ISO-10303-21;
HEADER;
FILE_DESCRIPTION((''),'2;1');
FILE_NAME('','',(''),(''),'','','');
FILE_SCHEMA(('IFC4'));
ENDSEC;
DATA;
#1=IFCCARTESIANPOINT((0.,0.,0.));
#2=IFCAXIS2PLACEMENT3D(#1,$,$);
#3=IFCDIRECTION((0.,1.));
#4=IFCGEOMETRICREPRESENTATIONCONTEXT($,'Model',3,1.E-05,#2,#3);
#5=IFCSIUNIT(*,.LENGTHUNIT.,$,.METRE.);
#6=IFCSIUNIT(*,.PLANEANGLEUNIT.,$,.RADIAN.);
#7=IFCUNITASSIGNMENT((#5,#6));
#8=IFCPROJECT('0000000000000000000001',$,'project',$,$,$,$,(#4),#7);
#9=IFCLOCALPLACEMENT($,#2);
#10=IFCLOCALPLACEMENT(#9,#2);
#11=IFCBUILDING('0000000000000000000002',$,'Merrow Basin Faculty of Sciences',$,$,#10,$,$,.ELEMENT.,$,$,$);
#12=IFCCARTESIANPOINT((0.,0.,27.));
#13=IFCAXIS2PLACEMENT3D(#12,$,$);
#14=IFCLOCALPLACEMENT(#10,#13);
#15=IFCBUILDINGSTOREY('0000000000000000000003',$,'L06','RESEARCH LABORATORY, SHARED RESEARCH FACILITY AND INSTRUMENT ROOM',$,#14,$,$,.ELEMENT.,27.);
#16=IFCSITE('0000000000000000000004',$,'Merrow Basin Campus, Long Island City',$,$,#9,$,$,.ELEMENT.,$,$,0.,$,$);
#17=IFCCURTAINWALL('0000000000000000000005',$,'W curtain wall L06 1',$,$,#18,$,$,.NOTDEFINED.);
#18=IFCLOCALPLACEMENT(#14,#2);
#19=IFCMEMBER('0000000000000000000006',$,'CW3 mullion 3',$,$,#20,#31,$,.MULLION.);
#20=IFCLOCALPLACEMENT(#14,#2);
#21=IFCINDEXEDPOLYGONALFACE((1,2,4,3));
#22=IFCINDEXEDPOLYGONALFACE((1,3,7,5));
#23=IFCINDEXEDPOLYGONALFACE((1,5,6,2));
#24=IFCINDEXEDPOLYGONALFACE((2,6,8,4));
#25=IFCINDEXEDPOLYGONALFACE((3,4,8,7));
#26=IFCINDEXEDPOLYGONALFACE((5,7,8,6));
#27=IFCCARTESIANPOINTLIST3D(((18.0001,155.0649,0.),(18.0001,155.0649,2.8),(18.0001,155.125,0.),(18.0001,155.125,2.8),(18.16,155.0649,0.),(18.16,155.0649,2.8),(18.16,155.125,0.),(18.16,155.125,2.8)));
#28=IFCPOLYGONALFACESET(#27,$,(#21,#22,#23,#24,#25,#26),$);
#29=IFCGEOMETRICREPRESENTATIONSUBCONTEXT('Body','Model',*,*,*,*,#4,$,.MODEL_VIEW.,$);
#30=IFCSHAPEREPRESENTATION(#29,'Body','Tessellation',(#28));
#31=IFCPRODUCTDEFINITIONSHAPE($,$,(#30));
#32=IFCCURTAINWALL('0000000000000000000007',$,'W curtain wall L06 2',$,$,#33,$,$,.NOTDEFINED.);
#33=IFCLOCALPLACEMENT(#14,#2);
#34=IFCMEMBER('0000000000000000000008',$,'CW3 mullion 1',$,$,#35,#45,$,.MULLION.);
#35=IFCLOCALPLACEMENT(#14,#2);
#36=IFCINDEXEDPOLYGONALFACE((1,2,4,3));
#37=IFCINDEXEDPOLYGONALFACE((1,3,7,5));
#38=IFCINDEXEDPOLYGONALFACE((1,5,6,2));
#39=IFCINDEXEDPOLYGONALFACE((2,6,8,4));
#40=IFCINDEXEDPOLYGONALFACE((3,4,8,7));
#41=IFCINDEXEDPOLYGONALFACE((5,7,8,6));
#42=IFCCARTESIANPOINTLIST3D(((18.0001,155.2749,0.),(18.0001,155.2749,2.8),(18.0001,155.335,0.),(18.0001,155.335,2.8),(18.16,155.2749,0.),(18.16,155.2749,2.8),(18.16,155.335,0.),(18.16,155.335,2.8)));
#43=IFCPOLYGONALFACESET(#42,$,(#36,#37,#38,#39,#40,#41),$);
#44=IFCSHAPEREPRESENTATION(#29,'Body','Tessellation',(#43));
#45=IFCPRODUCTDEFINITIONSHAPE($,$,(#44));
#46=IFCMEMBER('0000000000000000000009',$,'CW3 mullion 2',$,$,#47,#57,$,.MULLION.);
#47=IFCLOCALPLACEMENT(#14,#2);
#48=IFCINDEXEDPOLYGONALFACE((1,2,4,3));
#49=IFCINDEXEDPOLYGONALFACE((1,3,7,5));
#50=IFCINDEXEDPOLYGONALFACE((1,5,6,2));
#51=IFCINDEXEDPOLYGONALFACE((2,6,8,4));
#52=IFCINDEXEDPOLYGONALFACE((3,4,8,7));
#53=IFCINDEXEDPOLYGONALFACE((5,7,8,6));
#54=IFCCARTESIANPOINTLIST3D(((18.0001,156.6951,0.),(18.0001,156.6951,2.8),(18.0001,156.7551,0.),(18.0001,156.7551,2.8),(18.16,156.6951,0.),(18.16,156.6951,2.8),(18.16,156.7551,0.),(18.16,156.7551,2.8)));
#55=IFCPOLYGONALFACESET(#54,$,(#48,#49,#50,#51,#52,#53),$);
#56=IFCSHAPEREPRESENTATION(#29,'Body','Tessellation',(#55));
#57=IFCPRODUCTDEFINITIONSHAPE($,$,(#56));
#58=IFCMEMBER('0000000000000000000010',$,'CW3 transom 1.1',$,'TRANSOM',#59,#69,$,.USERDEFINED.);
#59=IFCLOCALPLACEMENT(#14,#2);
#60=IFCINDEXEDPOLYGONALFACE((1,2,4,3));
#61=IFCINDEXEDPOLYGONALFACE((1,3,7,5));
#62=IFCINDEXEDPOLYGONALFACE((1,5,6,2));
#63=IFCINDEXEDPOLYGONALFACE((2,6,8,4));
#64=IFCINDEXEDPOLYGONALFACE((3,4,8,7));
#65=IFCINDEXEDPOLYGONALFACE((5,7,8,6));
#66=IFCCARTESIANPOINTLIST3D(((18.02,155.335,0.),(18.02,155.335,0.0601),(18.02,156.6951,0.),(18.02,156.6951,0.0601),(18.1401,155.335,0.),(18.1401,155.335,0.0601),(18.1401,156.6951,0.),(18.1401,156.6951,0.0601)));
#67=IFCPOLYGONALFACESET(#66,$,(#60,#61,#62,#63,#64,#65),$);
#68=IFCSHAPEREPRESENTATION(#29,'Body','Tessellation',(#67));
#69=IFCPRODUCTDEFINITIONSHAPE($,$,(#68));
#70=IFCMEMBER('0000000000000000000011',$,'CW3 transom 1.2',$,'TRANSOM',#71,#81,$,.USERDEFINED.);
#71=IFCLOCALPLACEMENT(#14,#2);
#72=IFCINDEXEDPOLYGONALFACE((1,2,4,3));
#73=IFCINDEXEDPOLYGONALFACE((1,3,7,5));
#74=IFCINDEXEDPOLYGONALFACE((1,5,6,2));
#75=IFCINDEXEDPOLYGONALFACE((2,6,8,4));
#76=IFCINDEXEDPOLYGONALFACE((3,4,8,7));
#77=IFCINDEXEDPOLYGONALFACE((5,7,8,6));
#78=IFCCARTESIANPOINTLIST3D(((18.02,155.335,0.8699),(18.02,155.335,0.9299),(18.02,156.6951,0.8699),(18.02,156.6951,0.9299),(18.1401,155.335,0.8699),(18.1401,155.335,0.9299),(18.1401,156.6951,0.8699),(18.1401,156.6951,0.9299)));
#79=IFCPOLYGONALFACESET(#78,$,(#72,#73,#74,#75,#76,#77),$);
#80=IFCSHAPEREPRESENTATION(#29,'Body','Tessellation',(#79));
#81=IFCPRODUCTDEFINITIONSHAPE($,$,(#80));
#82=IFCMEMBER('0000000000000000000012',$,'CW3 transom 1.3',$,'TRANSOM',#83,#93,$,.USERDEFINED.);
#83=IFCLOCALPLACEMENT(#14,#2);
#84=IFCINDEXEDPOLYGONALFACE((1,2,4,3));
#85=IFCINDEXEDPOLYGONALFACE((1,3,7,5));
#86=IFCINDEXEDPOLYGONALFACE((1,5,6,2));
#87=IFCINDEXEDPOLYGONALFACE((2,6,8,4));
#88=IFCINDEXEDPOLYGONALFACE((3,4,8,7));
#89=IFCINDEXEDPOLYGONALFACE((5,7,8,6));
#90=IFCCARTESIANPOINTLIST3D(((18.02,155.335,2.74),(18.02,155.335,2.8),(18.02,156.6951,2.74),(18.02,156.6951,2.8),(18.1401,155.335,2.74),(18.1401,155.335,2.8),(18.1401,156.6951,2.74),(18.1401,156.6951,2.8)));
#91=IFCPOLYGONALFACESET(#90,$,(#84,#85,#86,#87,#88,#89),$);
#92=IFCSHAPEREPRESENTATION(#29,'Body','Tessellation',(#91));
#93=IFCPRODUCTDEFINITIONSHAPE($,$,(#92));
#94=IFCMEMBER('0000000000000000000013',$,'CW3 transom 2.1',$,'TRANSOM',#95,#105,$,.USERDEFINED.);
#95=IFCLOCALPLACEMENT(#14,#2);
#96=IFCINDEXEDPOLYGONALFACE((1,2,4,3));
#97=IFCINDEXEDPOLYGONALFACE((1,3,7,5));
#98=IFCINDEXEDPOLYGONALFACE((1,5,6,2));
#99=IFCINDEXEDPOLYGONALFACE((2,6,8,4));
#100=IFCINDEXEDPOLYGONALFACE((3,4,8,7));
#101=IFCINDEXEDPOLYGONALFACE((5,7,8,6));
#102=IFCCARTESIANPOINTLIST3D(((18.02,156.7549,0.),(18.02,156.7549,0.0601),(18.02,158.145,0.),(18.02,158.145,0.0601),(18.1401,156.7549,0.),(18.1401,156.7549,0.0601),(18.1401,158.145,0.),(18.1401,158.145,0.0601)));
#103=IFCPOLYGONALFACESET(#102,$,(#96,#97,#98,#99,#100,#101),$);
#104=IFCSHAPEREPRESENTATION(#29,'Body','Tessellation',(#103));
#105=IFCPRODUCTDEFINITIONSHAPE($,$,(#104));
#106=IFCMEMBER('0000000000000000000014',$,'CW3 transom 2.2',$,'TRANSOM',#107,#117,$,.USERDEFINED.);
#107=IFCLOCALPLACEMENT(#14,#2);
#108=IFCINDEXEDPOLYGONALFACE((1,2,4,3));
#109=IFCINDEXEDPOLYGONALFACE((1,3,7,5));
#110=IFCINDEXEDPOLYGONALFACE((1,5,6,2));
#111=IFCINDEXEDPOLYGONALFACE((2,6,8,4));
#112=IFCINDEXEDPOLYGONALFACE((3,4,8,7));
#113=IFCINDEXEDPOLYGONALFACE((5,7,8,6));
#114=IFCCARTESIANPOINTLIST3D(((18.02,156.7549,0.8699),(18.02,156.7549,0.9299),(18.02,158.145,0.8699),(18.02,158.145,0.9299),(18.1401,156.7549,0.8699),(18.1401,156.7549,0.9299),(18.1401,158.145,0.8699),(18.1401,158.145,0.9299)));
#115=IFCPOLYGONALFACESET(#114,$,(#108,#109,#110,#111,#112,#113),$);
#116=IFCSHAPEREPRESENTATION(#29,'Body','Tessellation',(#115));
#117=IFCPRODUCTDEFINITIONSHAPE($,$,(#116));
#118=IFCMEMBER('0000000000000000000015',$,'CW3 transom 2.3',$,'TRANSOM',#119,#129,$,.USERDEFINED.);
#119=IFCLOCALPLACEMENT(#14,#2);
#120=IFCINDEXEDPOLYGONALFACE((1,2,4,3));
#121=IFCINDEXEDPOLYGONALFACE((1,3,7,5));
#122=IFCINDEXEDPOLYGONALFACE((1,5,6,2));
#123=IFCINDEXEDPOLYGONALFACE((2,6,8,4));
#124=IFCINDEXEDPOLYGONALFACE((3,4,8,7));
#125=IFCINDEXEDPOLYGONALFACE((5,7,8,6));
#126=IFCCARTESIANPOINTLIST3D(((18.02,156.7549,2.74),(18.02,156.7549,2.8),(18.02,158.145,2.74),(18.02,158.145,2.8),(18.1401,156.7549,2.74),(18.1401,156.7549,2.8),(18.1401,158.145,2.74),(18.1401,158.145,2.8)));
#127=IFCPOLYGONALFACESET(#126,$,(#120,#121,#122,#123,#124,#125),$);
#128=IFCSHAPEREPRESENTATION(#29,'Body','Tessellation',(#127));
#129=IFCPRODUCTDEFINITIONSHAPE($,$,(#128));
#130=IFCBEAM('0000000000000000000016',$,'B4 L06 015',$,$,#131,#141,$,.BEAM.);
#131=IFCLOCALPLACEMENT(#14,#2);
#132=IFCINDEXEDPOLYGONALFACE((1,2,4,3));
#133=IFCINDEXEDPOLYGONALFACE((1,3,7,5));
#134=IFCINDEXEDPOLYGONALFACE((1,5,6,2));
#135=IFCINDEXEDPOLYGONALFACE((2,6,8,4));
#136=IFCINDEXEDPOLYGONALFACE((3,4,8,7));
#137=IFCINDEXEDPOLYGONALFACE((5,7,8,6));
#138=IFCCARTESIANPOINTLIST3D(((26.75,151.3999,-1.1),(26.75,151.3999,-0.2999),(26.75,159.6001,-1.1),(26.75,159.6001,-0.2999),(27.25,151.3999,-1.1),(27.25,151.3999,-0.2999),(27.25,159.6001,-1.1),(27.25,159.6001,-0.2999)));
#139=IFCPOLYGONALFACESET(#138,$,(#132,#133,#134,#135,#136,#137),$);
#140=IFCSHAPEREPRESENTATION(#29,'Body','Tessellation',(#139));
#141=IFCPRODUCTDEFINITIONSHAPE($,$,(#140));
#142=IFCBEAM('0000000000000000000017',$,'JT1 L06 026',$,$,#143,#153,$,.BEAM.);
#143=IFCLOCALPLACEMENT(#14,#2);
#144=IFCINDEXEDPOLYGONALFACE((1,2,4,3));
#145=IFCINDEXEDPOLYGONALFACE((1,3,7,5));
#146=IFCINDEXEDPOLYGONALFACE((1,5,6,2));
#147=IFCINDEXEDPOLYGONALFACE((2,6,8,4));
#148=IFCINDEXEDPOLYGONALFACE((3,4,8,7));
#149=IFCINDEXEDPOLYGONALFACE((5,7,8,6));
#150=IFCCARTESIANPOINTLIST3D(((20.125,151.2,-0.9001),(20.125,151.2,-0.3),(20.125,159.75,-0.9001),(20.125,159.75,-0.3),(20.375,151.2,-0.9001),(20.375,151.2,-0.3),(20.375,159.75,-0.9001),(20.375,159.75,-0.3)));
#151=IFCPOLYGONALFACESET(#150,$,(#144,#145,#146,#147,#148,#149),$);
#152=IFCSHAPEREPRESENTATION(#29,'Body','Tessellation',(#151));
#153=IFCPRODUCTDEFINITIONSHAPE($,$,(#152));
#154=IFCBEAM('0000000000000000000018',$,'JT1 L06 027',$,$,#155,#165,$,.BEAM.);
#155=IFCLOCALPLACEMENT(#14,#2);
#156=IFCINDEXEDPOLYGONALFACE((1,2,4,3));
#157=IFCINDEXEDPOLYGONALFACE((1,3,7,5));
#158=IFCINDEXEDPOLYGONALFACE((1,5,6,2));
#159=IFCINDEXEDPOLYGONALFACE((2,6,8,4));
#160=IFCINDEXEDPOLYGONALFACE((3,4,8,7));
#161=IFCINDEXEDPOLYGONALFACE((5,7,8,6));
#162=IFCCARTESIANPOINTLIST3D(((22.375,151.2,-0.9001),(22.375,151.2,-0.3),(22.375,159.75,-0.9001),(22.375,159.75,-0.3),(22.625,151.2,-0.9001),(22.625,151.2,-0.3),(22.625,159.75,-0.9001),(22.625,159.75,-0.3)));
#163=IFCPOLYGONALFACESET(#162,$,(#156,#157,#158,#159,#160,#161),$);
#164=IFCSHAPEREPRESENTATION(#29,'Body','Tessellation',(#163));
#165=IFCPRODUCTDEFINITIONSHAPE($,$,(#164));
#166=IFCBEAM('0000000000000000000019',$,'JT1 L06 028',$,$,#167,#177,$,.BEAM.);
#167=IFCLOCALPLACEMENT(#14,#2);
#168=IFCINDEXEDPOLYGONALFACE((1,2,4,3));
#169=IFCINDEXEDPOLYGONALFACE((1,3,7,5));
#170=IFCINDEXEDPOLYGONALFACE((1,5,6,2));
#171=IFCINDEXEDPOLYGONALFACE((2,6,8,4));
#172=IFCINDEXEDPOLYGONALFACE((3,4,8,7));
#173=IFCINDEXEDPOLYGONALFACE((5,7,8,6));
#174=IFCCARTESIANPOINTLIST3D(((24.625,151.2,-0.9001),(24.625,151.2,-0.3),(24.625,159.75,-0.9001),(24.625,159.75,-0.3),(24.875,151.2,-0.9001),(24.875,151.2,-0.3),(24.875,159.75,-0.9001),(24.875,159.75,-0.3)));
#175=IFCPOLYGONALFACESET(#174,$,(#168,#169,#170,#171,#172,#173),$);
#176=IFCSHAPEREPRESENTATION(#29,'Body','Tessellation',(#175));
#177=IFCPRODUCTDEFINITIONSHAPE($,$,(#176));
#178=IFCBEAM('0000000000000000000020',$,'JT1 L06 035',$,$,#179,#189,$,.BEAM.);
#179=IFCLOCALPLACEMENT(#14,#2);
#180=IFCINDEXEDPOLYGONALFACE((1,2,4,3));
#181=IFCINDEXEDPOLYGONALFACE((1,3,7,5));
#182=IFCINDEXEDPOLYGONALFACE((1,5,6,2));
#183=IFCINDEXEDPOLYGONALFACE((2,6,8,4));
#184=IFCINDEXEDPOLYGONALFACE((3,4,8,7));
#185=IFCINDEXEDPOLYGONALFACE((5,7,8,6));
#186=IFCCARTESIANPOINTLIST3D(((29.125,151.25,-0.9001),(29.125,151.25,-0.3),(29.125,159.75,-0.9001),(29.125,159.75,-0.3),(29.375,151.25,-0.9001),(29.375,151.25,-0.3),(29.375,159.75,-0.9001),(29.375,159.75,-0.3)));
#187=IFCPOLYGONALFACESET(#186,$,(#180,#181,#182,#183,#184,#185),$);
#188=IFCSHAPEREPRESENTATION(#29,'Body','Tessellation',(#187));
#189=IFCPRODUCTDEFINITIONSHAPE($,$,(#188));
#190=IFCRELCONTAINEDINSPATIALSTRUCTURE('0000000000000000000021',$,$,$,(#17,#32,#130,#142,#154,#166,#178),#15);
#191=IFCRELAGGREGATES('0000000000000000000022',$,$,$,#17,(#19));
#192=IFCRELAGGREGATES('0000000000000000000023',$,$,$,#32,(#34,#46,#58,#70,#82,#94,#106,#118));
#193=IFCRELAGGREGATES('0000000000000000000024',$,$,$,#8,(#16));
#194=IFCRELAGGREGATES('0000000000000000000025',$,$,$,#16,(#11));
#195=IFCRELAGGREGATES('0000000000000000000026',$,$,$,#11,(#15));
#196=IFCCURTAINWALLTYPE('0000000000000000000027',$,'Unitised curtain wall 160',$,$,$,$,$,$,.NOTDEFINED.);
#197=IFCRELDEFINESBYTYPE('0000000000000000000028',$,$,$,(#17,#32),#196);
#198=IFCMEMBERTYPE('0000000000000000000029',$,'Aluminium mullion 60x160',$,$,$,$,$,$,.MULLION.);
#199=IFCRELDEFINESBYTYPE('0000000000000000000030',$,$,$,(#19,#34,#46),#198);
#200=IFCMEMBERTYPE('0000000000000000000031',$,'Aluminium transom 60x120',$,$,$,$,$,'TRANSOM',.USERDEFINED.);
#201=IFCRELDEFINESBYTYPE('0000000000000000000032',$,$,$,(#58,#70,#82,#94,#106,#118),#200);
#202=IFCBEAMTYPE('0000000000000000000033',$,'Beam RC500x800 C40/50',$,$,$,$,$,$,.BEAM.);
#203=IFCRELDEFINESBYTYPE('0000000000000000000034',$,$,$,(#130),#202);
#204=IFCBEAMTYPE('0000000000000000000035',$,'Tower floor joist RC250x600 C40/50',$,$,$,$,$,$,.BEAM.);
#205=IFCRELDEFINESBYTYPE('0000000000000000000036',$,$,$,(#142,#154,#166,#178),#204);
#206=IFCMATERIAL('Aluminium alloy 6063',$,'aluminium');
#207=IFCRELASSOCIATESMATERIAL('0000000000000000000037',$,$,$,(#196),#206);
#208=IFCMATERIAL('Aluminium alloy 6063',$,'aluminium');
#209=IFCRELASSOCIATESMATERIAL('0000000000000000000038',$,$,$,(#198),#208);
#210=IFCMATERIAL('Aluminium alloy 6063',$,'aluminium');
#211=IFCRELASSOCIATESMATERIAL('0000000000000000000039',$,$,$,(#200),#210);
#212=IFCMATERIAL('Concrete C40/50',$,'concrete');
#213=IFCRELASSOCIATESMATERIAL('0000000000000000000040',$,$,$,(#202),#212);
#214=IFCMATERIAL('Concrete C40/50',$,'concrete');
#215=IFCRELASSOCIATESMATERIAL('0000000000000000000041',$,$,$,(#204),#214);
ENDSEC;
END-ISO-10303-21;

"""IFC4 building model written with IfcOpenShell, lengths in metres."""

from ifc_helpers import new_model, si_unit, direction, frame, origin, origin_2d, place, context, subcontext, project, spatial, rectangle, extrude, material, material_profile, profile_set, type_object, element, aggregate, save


model = new_model("IFC4")

# Units and contexts
model_context = context("Model", 3, precision=1e-05, world=origin(), true_north=direction((0.0, 1.0)))
body_context = subcontext(model_context, "Body", "Model", "MODEL_VIEW")
ifc_project = project(units=[si_unit("LENGTHUNIT", "METRE"), si_unit("PLANEANGLEUNIT", "RADIAN")], contexts=[model_context])

# Site, building, storey
site_placement = place(None, origin())
site = spatial("IfcSite", under=ifc_project, at=site_placement, Name="Merrow Basin Campus, Long Island City", CompositionType="ELEMENT", RefElevation=0.0)
building_placement = place(site_placement, origin())
building = spatial("IfcBuilding", under=site, at=building_placement, Name="Merrow Basin Faculty of Sciences", CompositionType="ELEMENT")
storey_placement = place(building_placement, frame((0.0, 0.0, 27.0)))
storey = spatial("IfcBuildingStorey", under=building, at=storey_placement, Name="L06", Description="RESEARCH LABORATORY, SHARED RESEARCH FACILITY AND INSTRUMENT ROOM", CompositionType="ELEMENT", Elevation=27.0)

# Curtain wall, member
ifc_material_1 = material(Name="Aluminium alloy 6063", Category="aluminium")
curtain_wall_type = type_object("IfcCurtainWallType", Name="Unitised curtain wall 160", PredefinedType="NOTDEFINED", material=ifc_material_1)
curtain_wall_1_placement = place(storey_placement, origin())
curtain_wall_1 = element("IfcCurtainWall", 1, at=curtain_wall_1_placement, inside=storey, type_object=curtain_wall_type, Name="W curtain wall L06 1", PredefinedType="NOTDEFINED")
ifc_material_2 = material(Name="Aluminium alloy 6063", Category="aluminium")
ifc_material_profile_1 = material_profile(ifc_material_2, rectangle(XDim=0.1599, YDim=0.0601, at=origin_2d()))
ifc_profile_set_1 = profile_set([ifc_material_profile_1], Name="Aluminium alloy 6063")
member_type_1 = type_object("IfcMemberType", Name="Aluminium mullion 60x160", PredefinedType="MULLION", material=ifc_profile_set_1)
member_1_placement = place(storey_placement, frame((18.0801, 155.095, 0.0), z_axis=(0.0, 0.0, 1.0), x_axis=(-1.0, 0.0, 0.0)))
member_1 = element("IfcMember", 2, at=member_1_placement, type_object=member_type_1, Name="CW3 mullion 3", PredefinedType="MULLION", context=body_context, shape_type="SweptSolid", body=[
    extrude(rectangle(XDim=0.1599, YDim=0.0601, at=origin_2d()), origin(), (0.0, 0.0, 1.0), 2.8),
])

# Curtain wall, members
curtain_wall_2_placement = place(storey_placement, origin())
curtain_wall_2 = element("IfcCurtainWall", 3, at=curtain_wall_2_placement, inside=storey, type_object=curtain_wall_type, Name="W curtain wall L06 2", PredefinedType="NOTDEFINED")
member_2_placement = place(storey_placement, frame((18.0801, 155.3049, 0.0), z_axis=(0.0, 0.0, 1.0), x_axis=(-1.0, 0.0, 0.0)))
member_2 = element("IfcMember", 4, at=member_2_placement, type_object=member_type_1, Name="CW3 mullion 1", PredefinedType="MULLION", context=body_context, shape_type="SweptSolid", body=[
    extrude(rectangle(XDim=0.1599, YDim=0.0601, at=origin_2d()), origin(), (0.0, 0.0, 1.0), 2.8),
])
member_3_placement = place(storey_placement, frame((18.0801, 156.7251, 0.0), z_axis=(0.0, 0.0, 1.0), x_axis=(-1.0, 0.0, 0.0)))
member_3 = element("IfcMember", 5, at=member_3_placement, type_object=member_type_1, Name="CW3 mullion 2", PredefinedType="MULLION", context=body_context, shape_type="SweptSolid", body=[
    extrude(rectangle(XDim=0.1599, YDim=0.0601, at=origin_2d()), origin(), (0.0, 0.0, 1.0), 2.8),
])
ifc_material_3 = material(Name="Aluminium alloy 6063", Category="aluminium")
ifc_material_profile_2 = material_profile(ifc_material_3, rectangle(XDim=0.1201, YDim=0.0601, at=origin_2d()))
ifc_profile_set_2 = profile_set([ifc_material_profile_2], Name="Aluminium alloy 6063")
member_type_2 = type_object("IfcMemberType", Name="Aluminium transom 60x120", ElementType="TRANSOM", PredefinedType="USERDEFINED", material=ifc_profile_set_2)
member_4_placement = place(storey_placement, frame((18.0801, 155.335, 0.03), z_axis=(0.0, 1.0, 0.0), x_axis=(-1.0, 0.0, 0.0)))
member_4 = element("IfcMember", 6, at=member_4_placement, type_object=member_type_2, Name="CW3 transom 1.1", ObjectType="TRANSOM", PredefinedType="USERDEFINED", context=body_context, shape_type="SweptSolid", body=[
    extrude(rectangle(XDim=0.1201, YDim=0.0601, at=origin_2d()), origin(), (0.0, 0.0, 1.0), 1.3601),
])
member_5_placement = place(storey_placement, frame((18.0801, 155.335, 0.8999), z_axis=(0.0, 1.0, 0.0), x_axis=(-1.0, 0.0, 0.0)))
member_5 = element("IfcMember", 7, at=member_5_placement, type_object=member_type_2, Name="CW3 transom 1.2", ObjectType="TRANSOM", PredefinedType="USERDEFINED", context=body_context, shape_type="SweptSolid", body=[
    extrude(rectangle(XDim=0.1201, YDim=0.0601, at=origin_2d()), origin(), (0.0, 0.0, 1.0), 1.3601),
])
member_6_placement = place(storey_placement, frame((18.0801, 155.335, 2.77), z_axis=(0.0, 1.0, 0.0), x_axis=(-1.0, 0.0, 0.0)))
member_6 = element("IfcMember", 8, at=member_6_placement, type_object=member_type_2, Name="CW3 transom 1.3", ObjectType="TRANSOM", PredefinedType="USERDEFINED", context=body_context, shape_type="SweptSolid", body=[
    extrude(rectangle(XDim=0.1201, YDim=0.0601, at=origin_2d()), origin(), (0.0, 0.0, 1.0), 1.3601),
])
member_7_placement = place(storey_placement, frame((18.0801, 156.7549, 0.03), z_axis=(0.0, 1.0, 0.0), x_axis=(-1.0, 0.0, 0.0)))
member_7 = element("IfcMember", 9, at=member_7_placement, type_object=member_type_2, Name="CW3 transom 2.1", ObjectType="TRANSOM", PredefinedType="USERDEFINED", context=body_context, shape_type="SweptSolid", body=[
    extrude(rectangle(XDim=0.1201, YDim=0.0601, at=origin_2d()), origin(), (0.0, 0.0, 1.0), 1.3901),
])
member_8_placement = place(storey_placement, frame((18.0801, 156.7549, 0.8999), z_axis=(0.0, 1.0, 0.0), x_axis=(-1.0, 0.0, 0.0)))
member_8 = element("IfcMember", 10, at=member_8_placement, type_object=member_type_2, Name="CW3 transom 2.2", ObjectType="TRANSOM", PredefinedType="USERDEFINED", context=body_context, shape_type="SweptSolid", body=[
    extrude(rectangle(XDim=0.1201, YDim=0.0601, at=origin_2d()), origin(), (0.0, 0.0, 1.0), 1.3901),
])
member_9_placement = place(storey_placement, frame((18.0801, 156.7549, 2.77), z_axis=(0.0, 1.0, 0.0), x_axis=(-1.0, 0.0, 0.0)))
member_9 = element("IfcMember", 11, at=member_9_placement, type_object=member_type_2, Name="CW3 transom 2.3", ObjectType="TRANSOM", PredefinedType="USERDEFINED", context=body_context, shape_type="SweptSolid", body=[
    extrude(rectangle(XDim=0.1201, YDim=0.0601, at=origin_2d()), origin(), (0.0, 0.0, 1.0), 1.3901),
])

# Beams
ifc_material_4 = material(Name="Concrete C40/50", Category="concrete")
ifc_material_profile_3 = material_profile(ifc_material_4, rectangle(XDim=0.5, YDim=0.8, at=origin_2d()))
ifc_profile_set_3 = profile_set([ifc_material_profile_3], Name="Concrete C40/50")
beam_type_1 = type_object("IfcBeamType", Name="Beam RC500x800 C40/50", PredefinedType="BEAM", material=ifc_profile_set_3)
beam_1_placement = place(storey_placement, frame((27.0, 151.3999, -0.7), z_axis=(0.0, 1.0, 0.0), x_axis=(-1.0, 0.0, 0.0)))
element("IfcBeam", 12, at=beam_1_placement, inside=storey, type_object=beam_type_1, Name="B4 L06 015", PredefinedType="BEAM", context=body_context, shape_type="SweptSolid", body=[
    extrude(rectangle(XDim=0.5, YDim=0.8, at=origin_2d()), origin(), (0.0, 0.0, 1.0), 8.2002),
])
ifc_material_5 = material(Name="Concrete C40/50", Category="concrete")
ifc_material_profile_4 = material_profile(ifc_material_5, rectangle(XDim=0.25, YDim=0.6001, at=origin_2d()))
ifc_profile_set_4 = profile_set([ifc_material_profile_4], Name="Concrete C40/50")
beam_type_2 = type_object("IfcBeamType", Name="Tower floor joist RC250x600 C40/50", PredefinedType="BEAM", material=ifc_profile_set_4)
for number, where, z_axis, x_axis, name in (
    (13, (20.25, 151.2, -0.6001), (0.0, 1.0, 0.0), (-1.0, 0.0, 0.0), "JT1 L06 026"),
    (14, (22.5, 151.2, -0.6001), (0.0, 1.0, 0.0), (-1.0, 0.0, 0.0), "JT1 L06 027"),
    (15, (24.75, 151.2, -0.6001), (0.0, 1.0, 0.0), (-1.0, 0.0, 0.0), "JT1 L06 028"),
):
    element("IfcBeam", number, at=place(storey_placement, frame(where, z_axis=z_axis, x_axis=x_axis)), inside=storey, type_object=beam_type_2, Name=name, PredefinedType="BEAM", context=body_context, shape_type="SweptSolid", body=[
        extrude(rectangle(XDim=0.25, YDim=0.6001, at=origin_2d()), origin(), (0.0, 0.0, 1.0), 8.55),
    ])
beam_2_placement = place(storey_placement, frame((29.25, 151.25, -0.6001), z_axis=(0.0, 1.0, 0.0), x_axis=(-1.0, 0.0, 0.0)))
element("IfcBeam", 16, at=beam_2_placement, inside=storey, type_object=beam_type_2, Name="JT1 L06 035", PredefinedType="BEAM", context=body_context, shape_type="SweptSolid", body=[
    extrude(rectangle(XDim=0.25, YDim=0.6001, at=origin_2d()), origin(), (0.0, 0.0, 1.0), 8.5),
])

aggregate(curtain_wall_1, [member_1])
aggregate(curtain_wall_2, [member_2, member_3, member_4, member_5, member_6, member_7, member_8, member_9])

save(model, "model.ifc")
